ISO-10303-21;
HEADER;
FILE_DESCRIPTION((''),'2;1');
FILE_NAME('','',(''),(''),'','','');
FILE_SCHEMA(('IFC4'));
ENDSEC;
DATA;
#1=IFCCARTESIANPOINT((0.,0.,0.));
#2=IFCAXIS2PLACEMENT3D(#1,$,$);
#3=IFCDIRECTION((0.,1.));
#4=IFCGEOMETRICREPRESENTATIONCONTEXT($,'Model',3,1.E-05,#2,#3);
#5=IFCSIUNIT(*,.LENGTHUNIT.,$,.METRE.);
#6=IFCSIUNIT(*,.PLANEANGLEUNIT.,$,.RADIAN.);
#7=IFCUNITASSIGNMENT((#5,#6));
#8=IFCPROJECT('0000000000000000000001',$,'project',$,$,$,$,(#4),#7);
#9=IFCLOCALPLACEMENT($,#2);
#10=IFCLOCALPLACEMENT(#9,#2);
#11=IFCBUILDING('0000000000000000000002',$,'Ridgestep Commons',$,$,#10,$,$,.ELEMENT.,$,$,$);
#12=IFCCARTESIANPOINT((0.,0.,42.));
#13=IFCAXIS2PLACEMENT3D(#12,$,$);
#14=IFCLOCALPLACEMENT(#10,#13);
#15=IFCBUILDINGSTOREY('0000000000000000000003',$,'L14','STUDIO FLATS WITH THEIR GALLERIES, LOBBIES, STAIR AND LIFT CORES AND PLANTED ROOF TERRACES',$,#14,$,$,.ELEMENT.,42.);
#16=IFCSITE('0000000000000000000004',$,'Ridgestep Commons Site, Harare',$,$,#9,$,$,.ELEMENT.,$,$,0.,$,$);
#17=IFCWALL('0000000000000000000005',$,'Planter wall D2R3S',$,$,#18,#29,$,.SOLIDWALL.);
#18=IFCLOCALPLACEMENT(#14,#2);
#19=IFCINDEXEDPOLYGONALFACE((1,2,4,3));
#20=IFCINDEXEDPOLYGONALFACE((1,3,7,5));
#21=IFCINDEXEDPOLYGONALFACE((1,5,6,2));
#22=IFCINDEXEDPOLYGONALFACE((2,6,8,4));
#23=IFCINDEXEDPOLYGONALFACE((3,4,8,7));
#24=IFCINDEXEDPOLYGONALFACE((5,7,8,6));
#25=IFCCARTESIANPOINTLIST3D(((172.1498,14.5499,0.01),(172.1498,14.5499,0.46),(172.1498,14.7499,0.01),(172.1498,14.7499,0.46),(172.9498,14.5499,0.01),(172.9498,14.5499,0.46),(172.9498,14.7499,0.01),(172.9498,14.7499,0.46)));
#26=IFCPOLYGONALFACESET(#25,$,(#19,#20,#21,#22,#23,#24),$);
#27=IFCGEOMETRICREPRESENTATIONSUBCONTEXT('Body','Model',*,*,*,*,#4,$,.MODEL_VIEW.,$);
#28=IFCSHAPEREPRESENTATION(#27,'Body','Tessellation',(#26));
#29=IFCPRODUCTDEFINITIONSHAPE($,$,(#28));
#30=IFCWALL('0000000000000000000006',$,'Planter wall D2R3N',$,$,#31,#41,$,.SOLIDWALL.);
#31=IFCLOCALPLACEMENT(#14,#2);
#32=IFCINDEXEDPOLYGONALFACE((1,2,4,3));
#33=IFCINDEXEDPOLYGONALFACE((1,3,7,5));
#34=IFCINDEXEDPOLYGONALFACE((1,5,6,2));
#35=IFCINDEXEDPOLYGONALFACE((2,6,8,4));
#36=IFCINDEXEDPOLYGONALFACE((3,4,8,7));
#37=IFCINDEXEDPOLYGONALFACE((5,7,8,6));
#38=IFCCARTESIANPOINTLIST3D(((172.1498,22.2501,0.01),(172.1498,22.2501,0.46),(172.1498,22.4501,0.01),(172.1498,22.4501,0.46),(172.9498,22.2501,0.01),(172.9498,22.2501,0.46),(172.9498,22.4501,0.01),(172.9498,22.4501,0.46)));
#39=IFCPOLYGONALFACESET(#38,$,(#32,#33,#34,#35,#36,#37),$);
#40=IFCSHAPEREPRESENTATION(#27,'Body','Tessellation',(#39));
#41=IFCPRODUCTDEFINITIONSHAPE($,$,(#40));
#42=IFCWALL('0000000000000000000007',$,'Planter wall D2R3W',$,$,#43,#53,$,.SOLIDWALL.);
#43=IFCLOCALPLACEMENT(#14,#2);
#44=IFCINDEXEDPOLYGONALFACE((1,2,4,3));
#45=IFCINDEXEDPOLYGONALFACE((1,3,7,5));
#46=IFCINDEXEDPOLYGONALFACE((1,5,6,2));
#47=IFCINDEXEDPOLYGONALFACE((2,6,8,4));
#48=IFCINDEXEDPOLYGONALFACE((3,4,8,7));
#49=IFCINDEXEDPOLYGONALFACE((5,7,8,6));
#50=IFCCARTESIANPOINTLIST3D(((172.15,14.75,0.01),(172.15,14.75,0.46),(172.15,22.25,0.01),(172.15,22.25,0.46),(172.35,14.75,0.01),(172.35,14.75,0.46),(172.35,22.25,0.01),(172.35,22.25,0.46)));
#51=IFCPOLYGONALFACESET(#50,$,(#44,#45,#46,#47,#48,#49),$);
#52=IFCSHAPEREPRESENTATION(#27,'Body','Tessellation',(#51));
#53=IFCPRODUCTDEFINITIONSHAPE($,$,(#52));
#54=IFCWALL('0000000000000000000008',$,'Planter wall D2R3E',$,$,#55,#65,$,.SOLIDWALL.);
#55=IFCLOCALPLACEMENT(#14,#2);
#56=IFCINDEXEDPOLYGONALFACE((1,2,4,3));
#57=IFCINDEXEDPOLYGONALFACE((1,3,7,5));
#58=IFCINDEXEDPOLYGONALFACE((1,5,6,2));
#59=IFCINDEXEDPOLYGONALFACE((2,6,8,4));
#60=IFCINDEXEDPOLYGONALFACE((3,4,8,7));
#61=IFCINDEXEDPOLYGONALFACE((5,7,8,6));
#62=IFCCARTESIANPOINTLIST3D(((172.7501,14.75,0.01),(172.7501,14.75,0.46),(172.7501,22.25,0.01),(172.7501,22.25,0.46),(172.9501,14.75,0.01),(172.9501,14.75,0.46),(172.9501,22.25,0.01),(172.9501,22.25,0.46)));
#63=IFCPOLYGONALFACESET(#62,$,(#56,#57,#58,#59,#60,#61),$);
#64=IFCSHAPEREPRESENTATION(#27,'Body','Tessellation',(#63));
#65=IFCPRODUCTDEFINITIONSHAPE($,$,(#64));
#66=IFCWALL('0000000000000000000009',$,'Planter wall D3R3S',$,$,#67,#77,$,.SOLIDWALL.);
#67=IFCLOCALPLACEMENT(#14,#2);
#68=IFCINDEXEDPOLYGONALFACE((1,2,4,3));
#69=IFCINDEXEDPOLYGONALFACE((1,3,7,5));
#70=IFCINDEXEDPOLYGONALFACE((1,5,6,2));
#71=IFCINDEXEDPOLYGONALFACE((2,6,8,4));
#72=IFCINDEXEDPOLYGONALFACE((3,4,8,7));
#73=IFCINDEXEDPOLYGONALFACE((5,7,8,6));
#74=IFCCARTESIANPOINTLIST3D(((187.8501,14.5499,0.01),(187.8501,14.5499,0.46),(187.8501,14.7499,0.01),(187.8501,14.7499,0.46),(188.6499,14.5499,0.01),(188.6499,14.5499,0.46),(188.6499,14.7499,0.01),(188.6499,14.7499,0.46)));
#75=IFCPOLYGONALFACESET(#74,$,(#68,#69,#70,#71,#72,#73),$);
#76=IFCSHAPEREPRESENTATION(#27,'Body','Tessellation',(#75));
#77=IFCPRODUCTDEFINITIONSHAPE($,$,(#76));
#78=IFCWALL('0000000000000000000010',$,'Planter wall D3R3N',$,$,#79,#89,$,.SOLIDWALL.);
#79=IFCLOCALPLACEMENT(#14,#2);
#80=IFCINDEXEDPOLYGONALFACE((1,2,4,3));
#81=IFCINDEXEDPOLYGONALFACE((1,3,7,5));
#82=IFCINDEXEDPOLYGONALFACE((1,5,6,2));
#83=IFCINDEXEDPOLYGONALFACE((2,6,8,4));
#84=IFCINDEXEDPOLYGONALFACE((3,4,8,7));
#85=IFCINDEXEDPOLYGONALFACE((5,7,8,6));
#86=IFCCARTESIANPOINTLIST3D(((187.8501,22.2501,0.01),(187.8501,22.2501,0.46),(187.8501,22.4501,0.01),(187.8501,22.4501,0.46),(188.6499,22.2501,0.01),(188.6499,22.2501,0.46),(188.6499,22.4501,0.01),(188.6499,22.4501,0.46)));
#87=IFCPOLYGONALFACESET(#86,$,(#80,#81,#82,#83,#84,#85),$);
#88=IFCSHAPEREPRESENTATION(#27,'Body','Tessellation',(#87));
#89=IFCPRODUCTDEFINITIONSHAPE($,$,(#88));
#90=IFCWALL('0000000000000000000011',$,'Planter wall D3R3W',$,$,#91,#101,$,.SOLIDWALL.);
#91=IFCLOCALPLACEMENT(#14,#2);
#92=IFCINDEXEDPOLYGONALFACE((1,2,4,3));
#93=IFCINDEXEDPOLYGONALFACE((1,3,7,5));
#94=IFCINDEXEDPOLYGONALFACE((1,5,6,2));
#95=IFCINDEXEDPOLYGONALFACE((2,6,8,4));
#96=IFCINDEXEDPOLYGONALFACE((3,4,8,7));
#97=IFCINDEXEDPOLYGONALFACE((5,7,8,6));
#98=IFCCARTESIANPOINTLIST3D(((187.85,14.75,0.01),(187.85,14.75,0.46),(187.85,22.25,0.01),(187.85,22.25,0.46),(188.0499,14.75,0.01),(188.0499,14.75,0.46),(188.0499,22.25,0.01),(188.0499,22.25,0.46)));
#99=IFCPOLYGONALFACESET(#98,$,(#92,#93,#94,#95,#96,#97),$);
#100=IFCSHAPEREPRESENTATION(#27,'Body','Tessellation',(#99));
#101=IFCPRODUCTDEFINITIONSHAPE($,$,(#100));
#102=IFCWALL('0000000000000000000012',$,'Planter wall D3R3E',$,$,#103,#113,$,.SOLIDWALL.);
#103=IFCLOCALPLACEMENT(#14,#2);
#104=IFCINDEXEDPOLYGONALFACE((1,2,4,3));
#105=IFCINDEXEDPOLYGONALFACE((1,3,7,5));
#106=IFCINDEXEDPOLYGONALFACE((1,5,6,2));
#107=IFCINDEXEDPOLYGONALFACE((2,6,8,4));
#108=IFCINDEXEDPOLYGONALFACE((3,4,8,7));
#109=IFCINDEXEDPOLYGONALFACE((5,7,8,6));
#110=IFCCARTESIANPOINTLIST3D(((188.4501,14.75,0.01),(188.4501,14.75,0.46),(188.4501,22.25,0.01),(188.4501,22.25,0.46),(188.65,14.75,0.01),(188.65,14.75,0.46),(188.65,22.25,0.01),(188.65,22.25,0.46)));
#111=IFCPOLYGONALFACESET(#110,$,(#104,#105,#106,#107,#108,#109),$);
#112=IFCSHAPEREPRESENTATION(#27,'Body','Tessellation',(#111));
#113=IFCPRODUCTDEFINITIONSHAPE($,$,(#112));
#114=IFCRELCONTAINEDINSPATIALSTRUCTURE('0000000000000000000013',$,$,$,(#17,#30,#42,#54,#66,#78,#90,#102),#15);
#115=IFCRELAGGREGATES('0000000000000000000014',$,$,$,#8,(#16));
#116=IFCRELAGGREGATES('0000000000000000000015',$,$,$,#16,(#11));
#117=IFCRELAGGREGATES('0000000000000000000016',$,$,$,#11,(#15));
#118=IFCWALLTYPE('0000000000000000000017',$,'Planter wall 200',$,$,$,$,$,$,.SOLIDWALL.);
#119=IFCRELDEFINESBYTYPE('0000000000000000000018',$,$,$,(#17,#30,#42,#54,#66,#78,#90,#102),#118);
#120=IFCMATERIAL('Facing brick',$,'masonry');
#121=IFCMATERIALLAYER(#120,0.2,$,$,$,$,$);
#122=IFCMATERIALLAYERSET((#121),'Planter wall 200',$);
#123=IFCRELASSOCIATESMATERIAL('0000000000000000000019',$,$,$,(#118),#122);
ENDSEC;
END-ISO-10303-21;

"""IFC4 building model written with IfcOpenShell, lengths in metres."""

from ifc_helpers import new_model, si_unit, direction, frame, frame_2d, origin, place, context, subcontext, project, spatial, rectangle, extrude, material, layer, layer_set, type_object, element, save


model = new_model("IFC4")

# Units and contexts
model_context = context("Model", 3, precision=1e-05, world=origin(), true_north=direction((0.0, 1.0)))
body_context = subcontext(model_context, "Body", "Model", "MODEL_VIEW")
ifc_project = project(units=[si_unit("LENGTHUNIT", "METRE"), si_unit("PLANEANGLEUNIT", "RADIAN")], contexts=[model_context])

# Site, building, storey
site_placement = place(None, origin())
site = spatial("IfcSite", under=ifc_project, at=site_placement, Name="Ridgestep Commons Site, Harare", CompositionType="ELEMENT", RefElevation=0.0)
building_placement = place(site_placement, origin())
building = spatial("IfcBuilding", under=site, at=building_placement, Name="Ridgestep Commons", CompositionType="ELEMENT")
storey_placement = place(building_placement, frame((0.0, 0.0, 42.0)))
storey = spatial("IfcBuildingStorey", under=building, at=storey_placement, Name="L14", Description="STUDIO FLATS WITH THEIR GALLERIES, LOBBIES, STAIR AND LIFT CORES AND PLANTED ROOF TERRACES", CompositionType="ELEMENT", Elevation=42.0)

# Walls
ifc_material_1 = material(Name="Facing brick", Category="masonry")
ifc_layer_1 = layer(ifc_material_1, 0.2)
ifc_layer_set_1 = layer_set([ifc_layer_1], Name="Planter wall 200")
wall_type_1 = type_object("IfcWallType", Name="Planter wall 200", PredefinedType="SOLIDWALL", material=ifc_layer_set_1)
for number, where, z_axis, x_axis, name in (
    (1, (172.1499, 14.6499, 0.01), (0.0, 0.0, 1.0), (1.0, 0.0, 0.0), "Planter wall D2R3S"),
    (2, (172.1499, 22.3501, 0.01), (0.0, 0.0, 1.0), (1.0, 0.0, 0.0), "Planter wall D2R3N"),
):
    element("IfcWall", number, at=place(storey_placement, frame(where, z_axis=z_axis, x_axis=x_axis)), inside=storey, type_object=wall_type_1, Name=name, PredefinedType="SOLIDWALL", context=body_context, shape_type="SweptSolid", body=[
        extrude(rectangle(XDim=0.8, YDim=0.2, at=frame_2d((0.3999, 0.0))), origin(), (0.0, 0.0, 1.0), 0.45),
    ])
for number, where, z_axis, x_axis, name in (
    (3, (172.25, 14.75, 0.01), (0.0, 0.0, 1.0), (0.0, 1.0, 0.0), "Planter wall D2R3W"),
    (4, (172.8501, 14.75, 0.01), (0.0, 0.0, 1.0), (0.0, 1.0, 0.0), "Planter wall D2R3E"),
):
    element("IfcWall", number, at=place(storey_placement, frame(where, z_axis=z_axis, x_axis=x_axis)), inside=storey, type_object=wall_type_1, Name=name, PredefinedType="SOLIDWALL", context=body_context, shape_type="SweptSolid", body=[
        extrude(rectangle(XDim=7.5, YDim=0.2, at=frame_2d((3.75, 0.0))), origin(), (0.0, 0.0, 1.0), 0.45),
    ])
for number, where, z_axis, x_axis, name in (
    (5, (187.8501, 14.6499, 0.01), (0.0, 0.0, 1.0), (1.0, 0.0, 0.0), "Planter wall D3R3S"),
    (6, (187.8501, 22.3501, 0.01), (0.0, 0.0, 1.0), (1.0, 0.0, 0.0), "Planter wall D3R3N"),
):
    element("IfcWall", number, at=place(storey_placement, frame(where, z_axis=z_axis, x_axis=x_axis)), inside=storey, type_object=wall_type_1, Name=name, PredefinedType="SOLIDWALL", context=body_context, shape_type="SweptSolid", body=[
        extrude(rectangle(XDim=0.7998, YDim=0.2, at=frame_2d((0.3999, 0.0))), origin(), (0.0, 0.0, 1.0), 0.45),
    ])
for number, where, z_axis, x_axis, name in (
    (7, (187.95, 14.75, 0.01), (0.0, 0.0, 1.0), (0.0, 1.0, 0.0), "Planter wall D3R3W"),
    (8, (188.55, 14.75, 0.01), (0.0, 0.0, 1.0), (0.0, 1.0, 0.0), "Planter wall D3R3E"),
):
    element("IfcWall", number, at=place(storey_placement, frame(where, z_axis=z_axis, x_axis=x_axis)), inside=storey, type_object=wall_type_1, Name=name, PredefinedType="SOLIDWALL", context=body_context, shape_type="SweptSolid", body=[
        extrude(rectangle(XDim=7.5, YDim=0.2, at=frame_2d((3.75, 0.0))), origin(), (0.0, 0.0, 1.0), 0.45),
    ])

save(model, "model.ifc")
